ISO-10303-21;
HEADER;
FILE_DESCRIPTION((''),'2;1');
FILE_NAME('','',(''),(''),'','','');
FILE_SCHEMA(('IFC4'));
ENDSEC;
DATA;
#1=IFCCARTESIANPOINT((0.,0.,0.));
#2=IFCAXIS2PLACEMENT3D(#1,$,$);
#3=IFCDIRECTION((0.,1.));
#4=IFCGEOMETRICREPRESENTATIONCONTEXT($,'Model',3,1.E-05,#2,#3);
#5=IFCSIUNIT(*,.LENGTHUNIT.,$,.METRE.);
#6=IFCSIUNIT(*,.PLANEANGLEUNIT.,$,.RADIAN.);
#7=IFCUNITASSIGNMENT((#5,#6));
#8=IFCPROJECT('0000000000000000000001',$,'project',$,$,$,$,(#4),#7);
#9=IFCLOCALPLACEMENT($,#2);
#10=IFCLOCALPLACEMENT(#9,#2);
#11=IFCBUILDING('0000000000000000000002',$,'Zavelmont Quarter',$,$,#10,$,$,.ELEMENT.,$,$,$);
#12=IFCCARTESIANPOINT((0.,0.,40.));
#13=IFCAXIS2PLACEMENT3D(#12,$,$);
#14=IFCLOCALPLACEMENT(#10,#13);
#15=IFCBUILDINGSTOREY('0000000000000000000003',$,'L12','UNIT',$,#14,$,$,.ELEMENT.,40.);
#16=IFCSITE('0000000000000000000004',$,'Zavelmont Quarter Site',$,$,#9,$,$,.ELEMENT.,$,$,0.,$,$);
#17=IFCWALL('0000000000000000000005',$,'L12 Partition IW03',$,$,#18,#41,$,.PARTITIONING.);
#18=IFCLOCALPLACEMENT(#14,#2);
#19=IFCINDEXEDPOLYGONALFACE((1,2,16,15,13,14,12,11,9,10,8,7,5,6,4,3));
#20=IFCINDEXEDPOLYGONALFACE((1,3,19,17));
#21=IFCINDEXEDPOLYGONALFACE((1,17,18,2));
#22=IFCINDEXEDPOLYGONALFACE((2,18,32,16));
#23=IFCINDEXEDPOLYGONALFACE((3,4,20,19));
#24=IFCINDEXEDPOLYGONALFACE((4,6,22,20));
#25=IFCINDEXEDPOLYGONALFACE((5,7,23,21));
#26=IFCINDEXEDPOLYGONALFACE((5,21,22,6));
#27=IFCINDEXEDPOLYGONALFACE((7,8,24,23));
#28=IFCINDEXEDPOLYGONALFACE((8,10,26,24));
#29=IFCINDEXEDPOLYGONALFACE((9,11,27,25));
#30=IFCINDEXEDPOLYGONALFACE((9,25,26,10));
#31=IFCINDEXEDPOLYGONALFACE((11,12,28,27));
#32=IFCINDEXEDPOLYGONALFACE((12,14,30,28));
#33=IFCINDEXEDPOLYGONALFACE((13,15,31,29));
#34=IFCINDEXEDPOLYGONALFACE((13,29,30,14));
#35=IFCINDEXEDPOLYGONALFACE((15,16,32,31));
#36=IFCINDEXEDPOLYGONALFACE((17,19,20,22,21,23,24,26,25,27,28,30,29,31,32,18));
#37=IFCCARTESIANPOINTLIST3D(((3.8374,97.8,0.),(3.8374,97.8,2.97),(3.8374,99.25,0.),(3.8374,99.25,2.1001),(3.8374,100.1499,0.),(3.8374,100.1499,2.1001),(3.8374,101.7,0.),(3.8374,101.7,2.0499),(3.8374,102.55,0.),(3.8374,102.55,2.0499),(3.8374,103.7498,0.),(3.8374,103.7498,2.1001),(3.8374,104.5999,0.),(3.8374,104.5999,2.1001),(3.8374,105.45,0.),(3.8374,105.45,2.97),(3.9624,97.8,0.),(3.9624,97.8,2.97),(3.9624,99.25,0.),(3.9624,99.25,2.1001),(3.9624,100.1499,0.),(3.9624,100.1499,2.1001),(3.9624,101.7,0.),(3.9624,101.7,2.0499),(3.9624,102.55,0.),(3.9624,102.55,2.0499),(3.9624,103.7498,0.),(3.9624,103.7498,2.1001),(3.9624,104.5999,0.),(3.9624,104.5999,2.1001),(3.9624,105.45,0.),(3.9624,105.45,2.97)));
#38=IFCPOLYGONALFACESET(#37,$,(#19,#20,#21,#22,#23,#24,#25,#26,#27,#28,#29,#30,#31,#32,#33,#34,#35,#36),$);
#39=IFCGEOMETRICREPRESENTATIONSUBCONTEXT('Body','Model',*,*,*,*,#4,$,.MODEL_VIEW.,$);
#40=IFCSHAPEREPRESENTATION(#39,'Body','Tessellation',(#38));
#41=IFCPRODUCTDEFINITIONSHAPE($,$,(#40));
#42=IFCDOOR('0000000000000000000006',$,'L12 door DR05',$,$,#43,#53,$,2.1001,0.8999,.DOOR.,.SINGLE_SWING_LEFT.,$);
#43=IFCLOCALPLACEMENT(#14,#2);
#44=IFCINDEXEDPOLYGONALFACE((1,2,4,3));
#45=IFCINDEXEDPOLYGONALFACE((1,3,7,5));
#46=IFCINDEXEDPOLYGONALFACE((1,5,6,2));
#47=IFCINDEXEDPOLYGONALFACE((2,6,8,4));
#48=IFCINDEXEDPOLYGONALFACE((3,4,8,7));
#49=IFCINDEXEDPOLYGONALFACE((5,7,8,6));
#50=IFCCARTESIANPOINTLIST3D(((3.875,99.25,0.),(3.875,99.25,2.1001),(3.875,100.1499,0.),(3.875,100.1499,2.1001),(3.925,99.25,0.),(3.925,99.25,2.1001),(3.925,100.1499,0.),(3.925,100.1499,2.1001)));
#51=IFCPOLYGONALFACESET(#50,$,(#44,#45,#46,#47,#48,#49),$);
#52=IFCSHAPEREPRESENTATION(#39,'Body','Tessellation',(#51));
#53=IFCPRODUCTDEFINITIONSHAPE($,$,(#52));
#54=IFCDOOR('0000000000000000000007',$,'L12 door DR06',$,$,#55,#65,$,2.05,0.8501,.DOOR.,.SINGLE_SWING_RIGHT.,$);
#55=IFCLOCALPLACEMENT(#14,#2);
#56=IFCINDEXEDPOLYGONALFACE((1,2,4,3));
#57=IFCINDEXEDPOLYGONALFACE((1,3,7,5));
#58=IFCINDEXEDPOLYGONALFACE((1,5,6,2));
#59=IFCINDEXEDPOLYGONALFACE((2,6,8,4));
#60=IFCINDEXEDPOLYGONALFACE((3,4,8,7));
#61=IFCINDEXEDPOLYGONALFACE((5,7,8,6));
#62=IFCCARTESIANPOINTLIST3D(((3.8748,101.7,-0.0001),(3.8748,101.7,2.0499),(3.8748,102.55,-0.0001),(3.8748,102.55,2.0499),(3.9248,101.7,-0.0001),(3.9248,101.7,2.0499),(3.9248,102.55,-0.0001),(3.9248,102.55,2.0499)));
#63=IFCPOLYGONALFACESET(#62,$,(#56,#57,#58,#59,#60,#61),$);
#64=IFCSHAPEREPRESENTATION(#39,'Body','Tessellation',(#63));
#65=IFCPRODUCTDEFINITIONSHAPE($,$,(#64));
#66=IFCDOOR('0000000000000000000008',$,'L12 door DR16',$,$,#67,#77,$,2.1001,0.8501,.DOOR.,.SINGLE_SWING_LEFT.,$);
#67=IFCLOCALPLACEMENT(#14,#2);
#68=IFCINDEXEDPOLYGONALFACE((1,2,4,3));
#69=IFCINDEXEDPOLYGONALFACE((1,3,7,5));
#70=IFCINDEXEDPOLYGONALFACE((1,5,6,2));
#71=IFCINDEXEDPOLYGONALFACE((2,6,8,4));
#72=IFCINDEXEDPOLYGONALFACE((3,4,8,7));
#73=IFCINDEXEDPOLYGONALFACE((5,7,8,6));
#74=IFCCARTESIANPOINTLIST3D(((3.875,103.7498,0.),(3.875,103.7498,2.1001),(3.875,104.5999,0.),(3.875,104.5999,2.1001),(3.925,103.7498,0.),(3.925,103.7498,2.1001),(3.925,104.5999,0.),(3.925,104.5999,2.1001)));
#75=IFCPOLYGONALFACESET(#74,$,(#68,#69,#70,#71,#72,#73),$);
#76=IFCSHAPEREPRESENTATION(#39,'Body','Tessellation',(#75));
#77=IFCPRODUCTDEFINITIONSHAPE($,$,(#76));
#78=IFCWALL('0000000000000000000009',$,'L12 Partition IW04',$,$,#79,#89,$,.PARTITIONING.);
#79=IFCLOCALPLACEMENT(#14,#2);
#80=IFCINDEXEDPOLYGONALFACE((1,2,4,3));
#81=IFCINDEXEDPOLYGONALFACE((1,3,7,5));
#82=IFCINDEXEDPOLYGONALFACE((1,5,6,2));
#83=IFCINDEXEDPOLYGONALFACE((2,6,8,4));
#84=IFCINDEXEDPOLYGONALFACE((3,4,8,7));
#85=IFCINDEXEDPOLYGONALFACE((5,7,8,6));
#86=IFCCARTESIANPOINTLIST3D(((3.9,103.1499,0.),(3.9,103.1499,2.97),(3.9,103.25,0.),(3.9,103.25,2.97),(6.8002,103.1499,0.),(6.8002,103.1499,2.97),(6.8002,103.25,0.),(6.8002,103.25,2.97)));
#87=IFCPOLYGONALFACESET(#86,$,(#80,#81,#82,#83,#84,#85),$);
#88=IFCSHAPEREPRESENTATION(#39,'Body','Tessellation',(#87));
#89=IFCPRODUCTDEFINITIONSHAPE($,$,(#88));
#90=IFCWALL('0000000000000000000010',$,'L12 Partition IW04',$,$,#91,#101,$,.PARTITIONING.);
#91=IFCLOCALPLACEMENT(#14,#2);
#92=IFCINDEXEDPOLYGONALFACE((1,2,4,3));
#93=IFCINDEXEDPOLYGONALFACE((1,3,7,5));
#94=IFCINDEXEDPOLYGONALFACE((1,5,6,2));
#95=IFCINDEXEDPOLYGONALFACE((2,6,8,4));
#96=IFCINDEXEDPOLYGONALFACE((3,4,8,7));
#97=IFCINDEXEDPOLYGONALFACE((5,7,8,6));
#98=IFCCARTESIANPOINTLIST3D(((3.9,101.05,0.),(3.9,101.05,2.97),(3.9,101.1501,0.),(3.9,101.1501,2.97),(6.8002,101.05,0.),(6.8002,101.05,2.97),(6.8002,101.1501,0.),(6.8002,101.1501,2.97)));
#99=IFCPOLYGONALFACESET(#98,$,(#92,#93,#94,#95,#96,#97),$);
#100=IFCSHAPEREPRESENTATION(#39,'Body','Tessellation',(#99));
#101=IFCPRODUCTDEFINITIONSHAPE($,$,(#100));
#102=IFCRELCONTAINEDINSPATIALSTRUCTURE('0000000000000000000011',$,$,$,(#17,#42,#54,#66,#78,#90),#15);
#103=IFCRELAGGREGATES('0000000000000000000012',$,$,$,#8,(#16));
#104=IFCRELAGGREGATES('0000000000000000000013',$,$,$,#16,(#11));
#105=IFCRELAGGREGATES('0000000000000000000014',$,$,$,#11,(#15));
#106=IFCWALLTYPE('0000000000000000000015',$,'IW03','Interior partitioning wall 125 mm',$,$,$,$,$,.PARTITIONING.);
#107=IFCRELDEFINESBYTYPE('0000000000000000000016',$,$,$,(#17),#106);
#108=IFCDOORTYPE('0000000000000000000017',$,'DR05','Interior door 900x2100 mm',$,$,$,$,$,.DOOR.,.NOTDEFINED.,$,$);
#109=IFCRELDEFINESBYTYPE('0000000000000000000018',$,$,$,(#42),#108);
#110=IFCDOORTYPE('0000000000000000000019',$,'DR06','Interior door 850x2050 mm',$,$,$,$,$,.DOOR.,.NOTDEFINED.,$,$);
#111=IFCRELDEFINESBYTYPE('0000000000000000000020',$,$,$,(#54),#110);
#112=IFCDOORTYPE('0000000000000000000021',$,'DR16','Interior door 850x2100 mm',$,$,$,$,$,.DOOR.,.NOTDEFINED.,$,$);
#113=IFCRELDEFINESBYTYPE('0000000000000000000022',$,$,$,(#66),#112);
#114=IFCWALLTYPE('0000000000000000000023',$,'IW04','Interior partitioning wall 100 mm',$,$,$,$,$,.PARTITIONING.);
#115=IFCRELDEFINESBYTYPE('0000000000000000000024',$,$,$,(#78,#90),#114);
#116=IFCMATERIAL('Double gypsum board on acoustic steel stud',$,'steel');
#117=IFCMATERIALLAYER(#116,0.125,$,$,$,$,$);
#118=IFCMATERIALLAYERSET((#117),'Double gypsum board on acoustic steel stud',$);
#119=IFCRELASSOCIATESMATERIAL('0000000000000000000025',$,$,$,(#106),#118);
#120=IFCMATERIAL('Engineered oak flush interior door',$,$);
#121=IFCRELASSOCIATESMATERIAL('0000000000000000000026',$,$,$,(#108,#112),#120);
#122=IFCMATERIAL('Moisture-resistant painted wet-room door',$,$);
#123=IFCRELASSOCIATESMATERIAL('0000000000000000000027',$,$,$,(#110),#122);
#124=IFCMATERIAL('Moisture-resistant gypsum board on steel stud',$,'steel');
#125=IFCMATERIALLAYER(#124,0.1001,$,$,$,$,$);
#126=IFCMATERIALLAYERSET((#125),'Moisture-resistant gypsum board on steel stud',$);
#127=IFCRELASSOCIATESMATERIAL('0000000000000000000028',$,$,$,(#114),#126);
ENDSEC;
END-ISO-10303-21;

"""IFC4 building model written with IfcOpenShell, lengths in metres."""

from ifc_helpers import new_model, si_unit, direction, frame, frame_2d, origin, origin_with_axes, place, context, subcontext, project, spatial, rectangle, extrude, material, layer, layer_set, type_object, element, fill, save


model = new_model("IFC4")

# Units and contexts
model_context = context("Model", 3, precision=1e-05, world=origin(), true_north=direction((0.0, 1.0)))
body_context = subcontext(model_context, "Body", "Model", "MODEL_VIEW")
ifc_project = project(units=[si_unit("LENGTHUNIT", "METRE"), si_unit("PLANEANGLEUNIT", "RADIAN")], contexts=[model_context])

# Site, building, storey
site_placement = place(None, origin())
site = spatial("IfcSite", under=ifc_project, at=site_placement, Name="Zavelmont Quarter Site", CompositionType="ELEMENT", RefElevation=0.0)
building_placement = place(site_placement, origin())
building = spatial("IfcBuilding", under=site, at=building_placement, Name="Zavelmont Quarter", CompositionType="ELEMENT")
storey_placement = place(building_placement, frame((0.0, 0.0, 40.0)))
storey = spatial("IfcBuildingStorey", under=building, at=storey_placement, Name="L12", Description="UNIT", CompositionType="ELEMENT", Elevation=40.0)

# Wall, openings, doors
ifc_material_1 = material(Name="Double gypsum board on acoustic steel stud", Category="steel")
ifc_layer_1 = layer(ifc_material_1, 0.125)
ifc_layer_set_1 = layer_set([ifc_layer_1], Name="Double gypsum board on acoustic steel stud")
wall_type_1 = type_object("IfcWallType", Name="IW03", Description="Interior partitioning wall 125 mm", PredefinedType="PARTITIONING", material=ifc_layer_set_1)
wall_placement = place(storey_placement, frame((3.8999, 105.45, 0.0), z_axis=(0.0, 0.0, 1.0), x_axis=(0.0, -1.0, 0.0)))
wall = element("IfcWall", 1, at=wall_placement, inside=storey, type_object=wall_type_1, Name="L12 Partition IW03", PredefinedType="PARTITIONING", context=body_context, shape_type="SweptSolid", body=[
    extrude(rectangle(XDim=7.6499, YDim=0.125, at=frame_2d((3.825, 0.0))), origin(), (0.0, 0.0, 1.0), 2.97),
])
opening_1_placement = place(wall_placement, frame((0.8501, 0.0, 0.0)))
opening_1 = element("IfcOpeningElement", 2, at=opening_1_placement, cuts=wall, PredefinedType="OPENING", context=body_context, shape_type="SweptSolid", body=[
    extrude(rectangle(XDim=0.8501, YDim=2.1001, at=frame_2d((0.425, 1.05))), frame((0.0, 0.0745, 0.0), z_axis=(0.0, -1.0, 0.0), x_axis=(1.0, 0.0, 0.0)), (0.0, 0.0, 1.0), 0.1489),
])
opening_2_placement = place(wall_placement, frame((2.8999, 0.0, 0.0)))
opening_2 = element("IfcOpeningElement", 3, at=opening_2_placement, cuts=wall, PredefinedType="OPENING", context=body_context, shape_type="SweptSolid", body=[
    extrude(rectangle(XDim=0.8501, YDim=2.05, at=frame_2d((0.425, 1.0249))), frame((0.0, 0.0745, 0.0), z_axis=(0.0, -1.0, 0.0), x_axis=(1.0, 0.0, 0.0)), (0.0, 0.0, 1.0), 0.1489),
])
opening_3_placement = place(wall_placement, frame((5.3, 0.0, 0.0)))
opening_3 = element("IfcOpeningElement", 4, at=opening_3_placement, cuts=wall, PredefinedType="OPENING", context=body_context, shape_type="SweptSolid", body=[
    extrude(rectangle(XDim=0.8999, YDim=2.1001, at=frame_2d((0.45, 1.05))), frame((0.0, 0.0745, 0.0), z_axis=(0.0, -1.0, 0.0), x_axis=(1.0, 0.0, 0.0)), (0.0, 0.0, 1.0), 0.1489),
])
ifc_material_2 = material(Name="Engineered oak flush interior door")
door_type_1 = type_object("IfcDoorType", Name="DR05", Description="Interior door 900x2100 mm", OperationType="NOTDEFINED", PredefinedType="DOOR", material=ifc_material_2)
door_1_placement = place(opening_3_placement, frame((0.8999, 0.0, 0.0), z_axis=(0.0, 0.0, 1.0), x_axis=(-1.0, 0.0, 0.0)))
door_1 = element("IfcDoor", 5, at=door_1_placement, inside=storey, type_object=door_type_1, Name="L12 door DR05", OperationType="SINGLE_SWING_LEFT", OverallHeight=2.1001, OverallWidth=0.8999, PredefinedType="DOOR", context=body_context, shape_type="SweptSolid", body=[
    extrude(rectangle(XDim=0.8999, YDim=2.1001, at=frame_2d((0.45, 1.05))), frame((0.0, 0.0249, 0.0), z_axis=(0.0, -1.0, 0.0), x_axis=(1.0, 0.0, 0.0)), (0.0, 0.0, 1.0), 0.05),
])
fill(opening_3, door_1)
ifc_material_3 = material(Name="Moisture-resistant painted wet-room door")
door_type_2 = type_object("IfcDoorType", Name="DR06", Description="Interior door 850x2050 mm", OperationType="NOTDEFINED", PredefinedType="DOOR", material=ifc_material_3)
door_2_placement = place(opening_2_placement, origin_with_axes())
door_2 = element("IfcDoor", 6, at=door_2_placement, inside=storey, type_object=door_type_2, Name="L12 door DR06", OperationType="SINGLE_SWING_RIGHT", OverallHeight=2.05, OverallWidth=0.8501, PredefinedType="DOOR", context=body_context, shape_type="SweptSolid", body=[
    extrude(rectangle(XDim=0.8501, YDim=2.05, at=frame_2d((0.425, 1.0249))), frame((0.0, 0.0249, 0.0), z_axis=(0.0, -1.0, 0.0), x_axis=(1.0, 0.0, 0.0)), (0.0, 0.0, 1.0), 0.05),
])
fill(opening_2, door_2)
door_type_3 = type_object("IfcDoorType", Name="DR16", Description="Interior door 850x2100 mm", OperationType="NOTDEFINED", PredefinedType="DOOR", material=ifc_material_2)
door_3_placement = place(opening_1_placement, frame((0.8501, 0.0, 0.0), z_axis=(0.0, 0.0, 1.0), x_axis=(-1.0, 0.0, 0.0)))
door_3 = element("IfcDoor", 7, at=door_3_placement, inside=storey, type_object=door_type_3, Name="L12 door DR16", OperationType="SINGLE_SWING_LEFT", OverallHeight=2.1001, OverallWidth=0.8501, PredefinedType="DOOR", context=body_context, shape_type="SweptSolid", body=[
    extrude(rectangle(XDim=0.8501, YDim=2.1001, at=frame_2d((0.425, 1.05))), frame((0.0, 0.0249, 0.0), z_axis=(0.0, -1.0, 0.0), x_axis=(1.0, 0.0, 0.0)), (0.0, 0.0, 1.0), 0.05),
])
fill(opening_1, door_3)

# Walls
ifc_material_4 = material(Name="Moisture-resistant gypsum board on steel stud", Category="steel")
ifc_layer_2 = layer(ifc_material_4, 0.1001)
ifc_layer_set_2 = layer_set([ifc_layer_2], Name="Moisture-resistant gypsum board on steel stud")
wall_type_2 = type_object("IfcWallType", Name="IW04", Description="Interior partitioning wall 100 mm", PredefinedType="PARTITIONING", material=ifc_layer_set_2)
for number, where, z_axis, x_axis, name in (
    (8, (3.8999, 103.2, 0.0), (0.0, 0.0, 1.0), (1.0, 0.0, 0.0), "L12 Partition IW04"),
    (9, (3.8999, 101.1001, 0.0), (0.0, 0.0, 1.0), (1.0, 0.0, 0.0), "L12 Partition IW04"),
):
    element("IfcWall", number, at=place(storey_placement, frame(where, z_axis=z_axis, x_axis=x_axis)), inside=storey, type_object=wall_type_2, Name=name, PredefinedType="PARTITIONING", context=body_context, shape_type="SweptSolid", body=[
        extrude(rectangle(XDim=2.9001, YDim=0.1001, at=frame_2d((1.4502, 0.0))), origin(), (0.0, 0.0, 1.0), 2.97),
    ])

save(model, "model.ifc")
